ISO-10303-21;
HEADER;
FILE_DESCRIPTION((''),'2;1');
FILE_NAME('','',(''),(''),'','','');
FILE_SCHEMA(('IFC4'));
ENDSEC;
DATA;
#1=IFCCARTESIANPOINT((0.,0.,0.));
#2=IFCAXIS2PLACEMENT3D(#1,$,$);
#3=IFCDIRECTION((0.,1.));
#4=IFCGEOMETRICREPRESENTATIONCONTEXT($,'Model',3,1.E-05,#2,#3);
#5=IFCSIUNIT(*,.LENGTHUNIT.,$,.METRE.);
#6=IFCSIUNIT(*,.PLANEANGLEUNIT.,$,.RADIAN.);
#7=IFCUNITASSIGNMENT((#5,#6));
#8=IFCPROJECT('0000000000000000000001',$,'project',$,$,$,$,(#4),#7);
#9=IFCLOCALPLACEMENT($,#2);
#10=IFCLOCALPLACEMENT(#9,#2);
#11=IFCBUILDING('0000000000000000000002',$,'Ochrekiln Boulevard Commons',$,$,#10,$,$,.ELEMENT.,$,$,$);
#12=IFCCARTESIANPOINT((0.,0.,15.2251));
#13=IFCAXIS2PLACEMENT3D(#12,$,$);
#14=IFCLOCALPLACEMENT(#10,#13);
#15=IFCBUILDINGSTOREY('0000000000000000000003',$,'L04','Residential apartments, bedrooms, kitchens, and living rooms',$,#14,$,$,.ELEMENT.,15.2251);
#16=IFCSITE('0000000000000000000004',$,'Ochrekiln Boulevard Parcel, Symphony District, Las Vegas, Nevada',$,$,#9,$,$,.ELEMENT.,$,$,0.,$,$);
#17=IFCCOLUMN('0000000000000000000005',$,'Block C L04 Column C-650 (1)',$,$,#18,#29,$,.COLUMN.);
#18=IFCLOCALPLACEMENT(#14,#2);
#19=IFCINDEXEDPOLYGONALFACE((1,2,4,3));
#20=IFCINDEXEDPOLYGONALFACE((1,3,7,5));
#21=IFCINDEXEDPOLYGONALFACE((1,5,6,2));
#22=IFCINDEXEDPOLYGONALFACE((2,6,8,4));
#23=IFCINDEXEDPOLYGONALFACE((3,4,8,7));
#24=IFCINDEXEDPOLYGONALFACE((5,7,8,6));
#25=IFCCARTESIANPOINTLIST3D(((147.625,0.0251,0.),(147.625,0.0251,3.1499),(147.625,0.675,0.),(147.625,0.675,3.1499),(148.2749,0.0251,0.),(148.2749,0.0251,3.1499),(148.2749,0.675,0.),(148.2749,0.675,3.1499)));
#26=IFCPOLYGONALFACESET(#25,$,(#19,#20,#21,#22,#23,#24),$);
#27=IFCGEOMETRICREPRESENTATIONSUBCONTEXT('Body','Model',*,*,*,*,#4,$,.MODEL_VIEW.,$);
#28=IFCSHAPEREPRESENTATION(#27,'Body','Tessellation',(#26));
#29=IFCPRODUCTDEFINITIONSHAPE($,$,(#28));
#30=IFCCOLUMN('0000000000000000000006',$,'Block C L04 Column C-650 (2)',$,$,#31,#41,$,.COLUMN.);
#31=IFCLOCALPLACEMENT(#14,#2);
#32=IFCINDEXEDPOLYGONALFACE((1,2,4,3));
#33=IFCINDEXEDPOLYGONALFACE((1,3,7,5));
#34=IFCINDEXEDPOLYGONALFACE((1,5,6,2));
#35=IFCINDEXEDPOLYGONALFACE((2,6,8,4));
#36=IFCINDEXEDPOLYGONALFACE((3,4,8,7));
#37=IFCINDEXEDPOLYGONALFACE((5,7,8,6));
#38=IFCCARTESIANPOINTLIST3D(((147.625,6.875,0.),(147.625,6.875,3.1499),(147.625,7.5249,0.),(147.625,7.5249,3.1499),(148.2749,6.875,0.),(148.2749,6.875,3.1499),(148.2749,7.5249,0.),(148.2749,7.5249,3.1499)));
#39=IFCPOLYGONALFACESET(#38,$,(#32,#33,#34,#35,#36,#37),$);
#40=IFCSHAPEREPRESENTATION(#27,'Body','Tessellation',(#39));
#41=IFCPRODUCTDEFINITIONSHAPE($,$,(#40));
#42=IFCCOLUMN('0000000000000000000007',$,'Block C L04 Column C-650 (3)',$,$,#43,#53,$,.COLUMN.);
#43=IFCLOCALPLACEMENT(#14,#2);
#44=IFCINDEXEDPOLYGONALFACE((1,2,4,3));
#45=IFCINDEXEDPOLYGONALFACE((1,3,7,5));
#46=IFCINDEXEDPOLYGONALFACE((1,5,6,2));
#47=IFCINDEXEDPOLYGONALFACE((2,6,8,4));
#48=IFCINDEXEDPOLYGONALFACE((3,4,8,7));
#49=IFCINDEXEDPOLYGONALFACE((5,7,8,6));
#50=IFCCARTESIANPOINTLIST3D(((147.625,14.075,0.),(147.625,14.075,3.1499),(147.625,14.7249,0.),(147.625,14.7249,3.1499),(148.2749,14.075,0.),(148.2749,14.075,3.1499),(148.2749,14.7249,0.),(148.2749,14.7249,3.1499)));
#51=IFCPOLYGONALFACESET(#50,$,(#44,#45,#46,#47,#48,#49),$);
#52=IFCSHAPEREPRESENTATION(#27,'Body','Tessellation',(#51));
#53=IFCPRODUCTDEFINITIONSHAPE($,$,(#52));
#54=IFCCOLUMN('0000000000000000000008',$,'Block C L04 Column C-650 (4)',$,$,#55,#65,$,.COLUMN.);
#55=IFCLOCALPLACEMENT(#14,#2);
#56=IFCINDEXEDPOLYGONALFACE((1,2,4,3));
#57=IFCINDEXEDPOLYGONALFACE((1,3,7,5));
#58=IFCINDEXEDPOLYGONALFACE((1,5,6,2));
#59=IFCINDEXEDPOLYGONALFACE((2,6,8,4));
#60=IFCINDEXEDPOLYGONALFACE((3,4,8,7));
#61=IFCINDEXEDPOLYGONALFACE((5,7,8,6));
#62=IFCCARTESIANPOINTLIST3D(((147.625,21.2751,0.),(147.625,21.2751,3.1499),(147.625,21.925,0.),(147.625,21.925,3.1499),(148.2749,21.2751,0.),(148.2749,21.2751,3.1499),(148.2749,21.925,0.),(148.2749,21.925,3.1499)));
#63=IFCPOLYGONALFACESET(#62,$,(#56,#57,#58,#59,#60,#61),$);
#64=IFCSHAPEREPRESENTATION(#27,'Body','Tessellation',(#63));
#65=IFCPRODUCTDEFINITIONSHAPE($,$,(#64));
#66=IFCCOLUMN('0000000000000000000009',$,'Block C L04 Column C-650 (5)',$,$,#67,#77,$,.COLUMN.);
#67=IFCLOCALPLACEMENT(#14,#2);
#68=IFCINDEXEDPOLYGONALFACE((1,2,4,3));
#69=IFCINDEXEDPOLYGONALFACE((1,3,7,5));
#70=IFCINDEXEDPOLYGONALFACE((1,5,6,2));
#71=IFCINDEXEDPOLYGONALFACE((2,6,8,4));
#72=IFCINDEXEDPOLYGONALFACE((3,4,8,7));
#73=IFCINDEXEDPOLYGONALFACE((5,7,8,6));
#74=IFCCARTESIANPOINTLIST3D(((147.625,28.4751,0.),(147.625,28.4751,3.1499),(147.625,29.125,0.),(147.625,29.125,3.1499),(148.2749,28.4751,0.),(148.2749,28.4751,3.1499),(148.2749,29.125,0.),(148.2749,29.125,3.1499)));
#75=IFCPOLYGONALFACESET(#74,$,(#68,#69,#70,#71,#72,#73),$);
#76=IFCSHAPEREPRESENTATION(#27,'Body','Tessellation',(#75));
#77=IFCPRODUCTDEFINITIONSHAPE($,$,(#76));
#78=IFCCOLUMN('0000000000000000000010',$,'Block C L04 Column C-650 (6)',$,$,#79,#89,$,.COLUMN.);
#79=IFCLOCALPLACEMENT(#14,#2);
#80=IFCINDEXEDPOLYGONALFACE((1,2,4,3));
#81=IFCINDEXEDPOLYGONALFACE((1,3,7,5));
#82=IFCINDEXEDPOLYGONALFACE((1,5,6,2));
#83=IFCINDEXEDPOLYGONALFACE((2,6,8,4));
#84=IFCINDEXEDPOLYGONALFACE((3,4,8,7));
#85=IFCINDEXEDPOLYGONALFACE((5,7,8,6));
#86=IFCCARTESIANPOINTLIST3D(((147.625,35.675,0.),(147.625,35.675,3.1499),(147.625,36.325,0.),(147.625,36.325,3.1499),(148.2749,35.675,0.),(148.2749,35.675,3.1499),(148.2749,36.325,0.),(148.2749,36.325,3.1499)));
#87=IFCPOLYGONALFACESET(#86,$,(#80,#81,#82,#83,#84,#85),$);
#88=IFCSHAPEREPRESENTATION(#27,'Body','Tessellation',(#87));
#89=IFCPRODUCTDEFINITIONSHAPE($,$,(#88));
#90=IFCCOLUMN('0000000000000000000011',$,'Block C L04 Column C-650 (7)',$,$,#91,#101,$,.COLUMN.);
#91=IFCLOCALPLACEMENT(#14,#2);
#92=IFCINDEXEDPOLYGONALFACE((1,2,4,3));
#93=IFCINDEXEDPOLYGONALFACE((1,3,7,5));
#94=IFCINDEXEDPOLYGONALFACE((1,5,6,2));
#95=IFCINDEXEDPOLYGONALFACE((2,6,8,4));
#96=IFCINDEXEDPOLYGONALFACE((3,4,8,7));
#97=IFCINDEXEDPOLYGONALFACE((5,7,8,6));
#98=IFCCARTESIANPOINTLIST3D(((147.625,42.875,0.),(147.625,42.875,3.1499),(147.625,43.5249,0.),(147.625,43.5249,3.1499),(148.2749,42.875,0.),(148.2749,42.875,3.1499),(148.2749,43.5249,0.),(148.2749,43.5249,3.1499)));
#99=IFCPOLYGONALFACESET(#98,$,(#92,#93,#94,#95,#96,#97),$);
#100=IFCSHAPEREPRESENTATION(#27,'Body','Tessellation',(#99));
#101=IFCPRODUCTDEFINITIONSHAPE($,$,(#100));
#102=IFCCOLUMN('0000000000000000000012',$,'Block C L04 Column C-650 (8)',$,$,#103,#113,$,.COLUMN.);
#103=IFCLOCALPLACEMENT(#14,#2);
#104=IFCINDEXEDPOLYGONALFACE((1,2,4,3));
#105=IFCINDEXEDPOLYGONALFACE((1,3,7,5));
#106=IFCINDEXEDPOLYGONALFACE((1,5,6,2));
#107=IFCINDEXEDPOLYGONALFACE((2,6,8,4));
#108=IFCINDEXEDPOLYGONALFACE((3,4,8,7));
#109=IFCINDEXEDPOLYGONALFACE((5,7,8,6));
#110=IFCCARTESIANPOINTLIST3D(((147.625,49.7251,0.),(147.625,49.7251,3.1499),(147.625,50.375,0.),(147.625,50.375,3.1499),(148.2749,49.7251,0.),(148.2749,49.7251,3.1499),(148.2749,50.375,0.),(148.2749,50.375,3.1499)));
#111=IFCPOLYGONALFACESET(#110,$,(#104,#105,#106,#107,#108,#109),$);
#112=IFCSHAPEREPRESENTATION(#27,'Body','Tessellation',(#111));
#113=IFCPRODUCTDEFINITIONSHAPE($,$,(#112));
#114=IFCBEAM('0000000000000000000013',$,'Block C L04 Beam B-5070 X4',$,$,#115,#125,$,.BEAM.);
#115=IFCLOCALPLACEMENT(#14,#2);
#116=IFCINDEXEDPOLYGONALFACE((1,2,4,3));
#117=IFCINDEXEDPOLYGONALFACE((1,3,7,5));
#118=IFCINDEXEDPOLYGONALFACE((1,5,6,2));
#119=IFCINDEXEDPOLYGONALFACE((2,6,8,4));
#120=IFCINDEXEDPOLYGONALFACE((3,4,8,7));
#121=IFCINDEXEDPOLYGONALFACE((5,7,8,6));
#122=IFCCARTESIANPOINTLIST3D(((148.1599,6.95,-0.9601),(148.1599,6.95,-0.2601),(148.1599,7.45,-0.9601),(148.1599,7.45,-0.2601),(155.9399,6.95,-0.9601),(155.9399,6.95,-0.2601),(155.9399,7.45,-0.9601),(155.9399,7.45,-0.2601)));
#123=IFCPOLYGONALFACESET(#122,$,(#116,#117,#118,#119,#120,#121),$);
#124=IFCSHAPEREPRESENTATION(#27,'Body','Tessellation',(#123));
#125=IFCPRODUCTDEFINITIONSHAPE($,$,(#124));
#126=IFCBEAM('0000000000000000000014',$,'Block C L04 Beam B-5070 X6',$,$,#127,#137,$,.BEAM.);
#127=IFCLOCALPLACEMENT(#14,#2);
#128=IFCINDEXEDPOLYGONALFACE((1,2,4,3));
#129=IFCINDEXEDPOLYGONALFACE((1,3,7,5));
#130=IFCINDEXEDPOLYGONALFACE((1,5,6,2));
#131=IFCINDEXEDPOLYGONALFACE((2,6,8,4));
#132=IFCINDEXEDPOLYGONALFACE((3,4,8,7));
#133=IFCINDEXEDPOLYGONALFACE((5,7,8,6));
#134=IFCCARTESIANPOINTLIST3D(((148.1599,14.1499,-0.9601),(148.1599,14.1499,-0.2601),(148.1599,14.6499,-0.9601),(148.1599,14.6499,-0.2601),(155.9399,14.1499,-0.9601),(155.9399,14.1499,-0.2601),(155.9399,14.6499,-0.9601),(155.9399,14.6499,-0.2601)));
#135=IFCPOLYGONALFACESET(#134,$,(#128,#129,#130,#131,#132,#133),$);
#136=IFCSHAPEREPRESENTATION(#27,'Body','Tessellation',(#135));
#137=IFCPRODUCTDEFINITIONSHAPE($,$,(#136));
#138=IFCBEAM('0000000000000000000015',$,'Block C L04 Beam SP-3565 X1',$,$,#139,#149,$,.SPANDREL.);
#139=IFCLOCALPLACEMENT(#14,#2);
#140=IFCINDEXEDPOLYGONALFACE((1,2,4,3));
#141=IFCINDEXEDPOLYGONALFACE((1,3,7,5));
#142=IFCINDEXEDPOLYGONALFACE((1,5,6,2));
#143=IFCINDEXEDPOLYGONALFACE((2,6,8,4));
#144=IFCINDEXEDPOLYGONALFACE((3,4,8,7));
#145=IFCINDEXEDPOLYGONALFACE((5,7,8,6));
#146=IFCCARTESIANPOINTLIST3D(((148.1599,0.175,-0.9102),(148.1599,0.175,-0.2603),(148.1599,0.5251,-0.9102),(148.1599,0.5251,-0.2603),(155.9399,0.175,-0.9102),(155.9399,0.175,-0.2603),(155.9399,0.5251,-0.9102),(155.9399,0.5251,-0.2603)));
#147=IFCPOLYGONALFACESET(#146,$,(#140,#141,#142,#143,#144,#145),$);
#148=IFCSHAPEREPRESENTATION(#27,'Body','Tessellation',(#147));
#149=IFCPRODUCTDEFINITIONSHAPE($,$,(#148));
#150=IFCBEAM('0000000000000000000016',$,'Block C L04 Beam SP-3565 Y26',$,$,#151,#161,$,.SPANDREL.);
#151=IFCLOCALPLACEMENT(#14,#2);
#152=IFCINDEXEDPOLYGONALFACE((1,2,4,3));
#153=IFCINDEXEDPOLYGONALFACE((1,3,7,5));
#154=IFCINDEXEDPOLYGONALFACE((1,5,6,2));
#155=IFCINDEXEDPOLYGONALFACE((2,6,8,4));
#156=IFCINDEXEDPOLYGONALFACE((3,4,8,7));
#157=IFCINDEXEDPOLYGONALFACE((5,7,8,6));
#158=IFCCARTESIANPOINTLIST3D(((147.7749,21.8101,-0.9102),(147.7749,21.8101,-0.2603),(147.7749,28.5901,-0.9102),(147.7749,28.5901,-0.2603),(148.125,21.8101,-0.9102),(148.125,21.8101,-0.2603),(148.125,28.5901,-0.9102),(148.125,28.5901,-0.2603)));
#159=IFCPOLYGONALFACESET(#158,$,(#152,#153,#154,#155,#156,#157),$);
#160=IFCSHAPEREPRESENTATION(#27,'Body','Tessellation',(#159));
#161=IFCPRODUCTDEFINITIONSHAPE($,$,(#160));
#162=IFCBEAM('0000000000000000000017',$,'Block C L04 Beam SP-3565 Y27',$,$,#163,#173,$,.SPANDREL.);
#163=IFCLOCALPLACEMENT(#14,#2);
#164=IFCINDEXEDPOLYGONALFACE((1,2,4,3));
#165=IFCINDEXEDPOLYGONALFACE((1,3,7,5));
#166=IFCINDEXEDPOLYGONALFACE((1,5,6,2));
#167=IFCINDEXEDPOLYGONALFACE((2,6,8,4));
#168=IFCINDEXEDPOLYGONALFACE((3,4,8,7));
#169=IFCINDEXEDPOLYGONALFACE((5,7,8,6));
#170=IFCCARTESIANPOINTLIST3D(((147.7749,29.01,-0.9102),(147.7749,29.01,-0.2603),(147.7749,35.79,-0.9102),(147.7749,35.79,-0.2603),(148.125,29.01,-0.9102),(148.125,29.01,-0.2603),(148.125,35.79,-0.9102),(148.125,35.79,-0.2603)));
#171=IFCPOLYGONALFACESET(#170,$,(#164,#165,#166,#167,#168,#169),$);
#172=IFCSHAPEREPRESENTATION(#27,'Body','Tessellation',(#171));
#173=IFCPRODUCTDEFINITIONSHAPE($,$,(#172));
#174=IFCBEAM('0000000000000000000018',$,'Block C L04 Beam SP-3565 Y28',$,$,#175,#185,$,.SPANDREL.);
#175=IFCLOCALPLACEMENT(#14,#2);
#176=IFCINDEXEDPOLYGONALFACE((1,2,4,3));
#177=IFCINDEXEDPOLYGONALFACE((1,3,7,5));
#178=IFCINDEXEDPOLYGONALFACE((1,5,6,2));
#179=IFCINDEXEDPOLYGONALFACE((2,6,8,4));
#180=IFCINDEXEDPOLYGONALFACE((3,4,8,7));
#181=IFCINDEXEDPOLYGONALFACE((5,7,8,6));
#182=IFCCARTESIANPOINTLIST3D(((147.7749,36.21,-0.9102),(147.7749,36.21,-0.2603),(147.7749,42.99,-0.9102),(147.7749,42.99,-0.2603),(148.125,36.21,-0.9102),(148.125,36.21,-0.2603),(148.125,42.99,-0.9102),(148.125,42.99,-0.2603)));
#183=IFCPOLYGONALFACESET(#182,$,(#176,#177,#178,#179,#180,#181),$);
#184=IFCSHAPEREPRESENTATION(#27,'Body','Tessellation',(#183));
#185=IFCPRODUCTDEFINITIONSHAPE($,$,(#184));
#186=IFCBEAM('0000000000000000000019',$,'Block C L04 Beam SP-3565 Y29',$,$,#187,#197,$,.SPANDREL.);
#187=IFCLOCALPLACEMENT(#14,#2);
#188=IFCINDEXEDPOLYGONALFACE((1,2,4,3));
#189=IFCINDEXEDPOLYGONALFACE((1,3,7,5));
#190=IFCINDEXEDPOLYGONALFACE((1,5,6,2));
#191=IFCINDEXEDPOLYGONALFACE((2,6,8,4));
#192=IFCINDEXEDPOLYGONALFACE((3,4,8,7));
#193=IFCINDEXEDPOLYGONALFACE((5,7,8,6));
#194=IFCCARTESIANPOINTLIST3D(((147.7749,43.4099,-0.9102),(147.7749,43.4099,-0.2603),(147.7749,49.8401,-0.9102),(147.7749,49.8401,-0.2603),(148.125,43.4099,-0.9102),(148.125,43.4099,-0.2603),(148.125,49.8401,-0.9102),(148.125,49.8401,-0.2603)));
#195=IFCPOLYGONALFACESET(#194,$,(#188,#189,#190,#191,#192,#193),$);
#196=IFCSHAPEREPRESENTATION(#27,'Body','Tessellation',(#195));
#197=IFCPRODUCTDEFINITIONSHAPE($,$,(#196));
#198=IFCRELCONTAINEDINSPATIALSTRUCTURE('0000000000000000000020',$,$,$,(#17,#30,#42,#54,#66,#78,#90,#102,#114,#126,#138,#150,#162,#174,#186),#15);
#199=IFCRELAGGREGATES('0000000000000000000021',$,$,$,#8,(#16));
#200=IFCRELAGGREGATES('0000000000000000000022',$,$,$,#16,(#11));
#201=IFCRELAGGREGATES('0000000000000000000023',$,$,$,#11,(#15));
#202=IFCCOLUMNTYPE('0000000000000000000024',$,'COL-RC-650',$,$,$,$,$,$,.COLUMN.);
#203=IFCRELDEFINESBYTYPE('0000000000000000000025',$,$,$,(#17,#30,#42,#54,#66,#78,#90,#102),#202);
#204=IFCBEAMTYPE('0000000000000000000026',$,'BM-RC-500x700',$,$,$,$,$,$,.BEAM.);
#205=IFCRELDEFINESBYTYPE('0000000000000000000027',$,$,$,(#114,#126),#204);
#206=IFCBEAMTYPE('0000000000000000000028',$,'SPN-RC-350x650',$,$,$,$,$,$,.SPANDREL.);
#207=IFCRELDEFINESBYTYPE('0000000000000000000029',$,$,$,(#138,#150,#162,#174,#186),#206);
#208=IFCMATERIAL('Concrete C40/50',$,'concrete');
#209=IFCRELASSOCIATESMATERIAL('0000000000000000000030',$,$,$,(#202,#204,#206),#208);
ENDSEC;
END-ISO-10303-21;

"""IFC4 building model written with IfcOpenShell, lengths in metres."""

from ifc_helpers import new_model, si_unit, direction, frame, origin, origin_2d, place, context, subcontext, project, spatial, rectangle, extrude, material, material_profile, profile_set, type_object, element, save


model = new_model("IFC4")

# Units and contexts
model_context = context("Model", 3, precision=1e-05, world=origin(), true_north=direction((0.0, 1.0)))
body_context = subcontext(model_context, "Body", "Model", "MODEL_VIEW")
ifc_project = project(units=[si_unit("LENGTHUNIT", "METRE"), si_unit("PLANEANGLEUNIT", "RADIAN")], contexts=[model_context])

# Site, building, storey
site_placement = place(None, origin())
site = spatial("IfcSite", under=ifc_project, at=site_placement, Name="Ochrekiln Boulevard Parcel, Symphony District, Las Vegas, Nevada", CompositionType="ELEMENT", RefElevation=0.0)
building_placement = place(site_placement, origin())
building = spatial("IfcBuilding", under=site, at=building_placement, Name="Ochrekiln Boulevard Commons", CompositionType="ELEMENT")
storey_placement = place(building_placement, frame((0.0, 0.0, 15.2251)))
storey = spatial("IfcBuildingStorey", under=building, at=storey_placement, Name="L04", Description="Residential apartments, bedrooms, kitchens, and living rooms", CompositionType="ELEMENT", Elevation=15.2251)

# Columns
ifc_material = material(Name="Concrete C40/50", Category="concrete")
ifc_material_profile_1 = material_profile(ifc_material, rectangle(XDim=0.6499, YDim=0.6499, at=origin_2d()), Name="RC-COL-650x650")
ifc_profile_set_1 = profile_set([ifc_material_profile_1], Name="Concrete C40/50")
column_type = type_object("IfcColumnType", Name="COL-RC-650", PredefinedType="COLUMN", material=ifc_profile_set_1)
for number, where, z_axis, x_axis, name in (
    (1, (147.95, 0.3501, 0.0), (0.0, 0.0, 1.0), (1.0, 0.0, 0.0), "Block C L04 Column C-650 (1)"),
    (2, (147.95, 7.2, 0.0), (0.0, 0.0, 1.0), (1.0, 0.0, 0.0), "Block C L04 Column C-650 (2)"),
    (3, (147.95, 14.3999, 0.0), (0.0, 0.0, 1.0), (1.0, 0.0, 0.0), "Block C L04 Column C-650 (3)"),
    (4, (147.95, 21.6001, 0.0), (0.0, 0.0, 1.0), (1.0, 0.0, 0.0), "Block C L04 Column C-650 (4)"),
    (5, (147.95, 28.8, 0.0), (0.0, 0.0, 1.0), (1.0, 0.0, 0.0), "Block C L04 Column C-650 (5)"),
    (6, (147.95, 36.0, 0.0), (0.0, 0.0, 1.0), (1.0, 0.0, 0.0), "Block C L04 Column C-650 (6)"),
    (7, (147.95, 43.2, 0.0), (0.0, 0.0, 1.0), (1.0, 0.0, 0.0), "Block C L04 Column C-650 (7)"),
    (8, (147.95, 50.05, 0.0), (0.0, 0.0, 1.0), (1.0, 0.0, 0.0), "Block C L04 Column C-650 (8)"),
):
    element("IfcColumn", number, at=place(storey_placement, frame(where, z_axis=z_axis, x_axis=x_axis)), inside=storey, type_object=column_type, Name=name, PredefinedType="COLUMN", context=body_context, shape_type="SweptSolid", body=[
        extrude(rectangle(XDim=0.6499, YDim=0.6499, at=origin_2d()), origin(), (0.0, 0.0, 1.0), 3.1499),
    ])

# Beams
ifc_material_profile_2 = material_profile(ifc_material, rectangle(XDim=0.5, YDim=0.7, at=origin_2d()), Name="RC-BM-500x700")
ifc_profile_set_2 = profile_set([ifc_material_profile_2], Name="Concrete C40/50")
beam_type_1 = type_object("IfcBeamType", Name="BM-RC-500x700", PredefinedType="BEAM", material=ifc_profile_set_2)
for number, where, z_axis, x_axis, name in (
    (9, (148.1599, 7.2, -0.6101), (1.0, 0.0, 0.0), (0.0, 1.0, 0.0), "Block C L04 Beam B-5070 X4"),
    (10, (148.1599, 14.3999, -0.6101), (1.0, 0.0, 0.0), (0.0, 1.0, 0.0), "Block C L04 Beam B-5070 X6"),
):
    element("IfcBeam", number, at=place(storey_placement, frame(where, z_axis=z_axis, x_axis=x_axis)), inside=storey, type_object=beam_type_1, Name=name, PredefinedType="BEAM", context=body_context, shape_type="SweptSolid", body=[
        extrude(rectangle(XDim=0.5, YDim=0.7, at=origin_2d()), origin(), (0.0, 0.0, 1.0), 7.78),
    ])
ifc_material_profile_3 = material_profile(ifc_material, rectangle(XDim=0.3501, YDim=0.6499, at=origin_2d()), Name="RC-SPN-350x650")
ifc_profile_set_3 = profile_set([ifc_material_profile_3], Name="Concrete C40/50")
beam_type_2 = type_object("IfcBeamType", Name="SPN-RC-350x650", PredefinedType="SPANDREL", material=ifc_profile_set_3)
beam_1_placement = place(storey_placement, frame((148.1599, 0.3501, -0.5852), z_axis=(1.0, 0.0, 0.0), x_axis=(0.0, 1.0, 0.0)))
element("IfcBeam", 11, at=beam_1_placement, inside=storey, type_object=beam_type_2, Name="Block C L04 Beam SP-3565 X1", PredefinedType="SPANDREL", context=body_context, shape_type="SweptSolid", body=[
    extrude(rectangle(XDim=0.3501, YDim=0.6499, at=origin_2d()), origin(), (0.0, 0.0, 1.0), 7.78),
])
for number, where, z_axis, x_axis, name in (
    (12, (147.95, 21.8101, -0.5852), (0.0, 1.0, 0.0), (-1.0, 0.0, 0.0), "Block C L04 Beam SP-3565 Y26"),
    (13, (147.95, 29.01, -0.5852), (0.0, 1.0, 0.0), (-1.0, 0.0, 0.0), "Block C L04 Beam SP-3565 Y27"),
    (14, (147.95, 36.21, -0.5852), (0.0, 1.0, 0.0), (-1.0, 0.0, 0.0), "Block C L04 Beam SP-3565 Y28"),
):
    element("IfcBeam", number, at=place(storey_placement, frame(where, z_axis=z_axis, x_axis=x_axis)), inside=storey, type_object=beam_type_2, Name=name, PredefinedType="SPANDREL", context=body_context, shape_type="SweptSolid", body=[
        extrude(rectangle(XDim=0.3501, YDim=0.6499, at=origin_2d()), origin(), (0.0, 0.0, 1.0), 6.78),
    ])
beam_2_placement = place(storey_placement, frame((147.95, 43.4099, -0.5852), z_axis=(0.0, 1.0, 0.0), x_axis=(-1.0, 0.0, 0.0)))
element("IfcBeam", 15, at=beam_2_placement, inside=storey, type_object=beam_type_2, Name="Block C L04 Beam SP-3565 Y29", PredefinedType="SPANDREL", context=body_context, shape_type="SweptSolid", body=[
    extrude(rectangle(XDim=0.3501, YDim=0.6499, at=origin_2d()), origin(), (0.0, 0.0, 1.0), 6.4302),
])

save(model, "model.ifc")
